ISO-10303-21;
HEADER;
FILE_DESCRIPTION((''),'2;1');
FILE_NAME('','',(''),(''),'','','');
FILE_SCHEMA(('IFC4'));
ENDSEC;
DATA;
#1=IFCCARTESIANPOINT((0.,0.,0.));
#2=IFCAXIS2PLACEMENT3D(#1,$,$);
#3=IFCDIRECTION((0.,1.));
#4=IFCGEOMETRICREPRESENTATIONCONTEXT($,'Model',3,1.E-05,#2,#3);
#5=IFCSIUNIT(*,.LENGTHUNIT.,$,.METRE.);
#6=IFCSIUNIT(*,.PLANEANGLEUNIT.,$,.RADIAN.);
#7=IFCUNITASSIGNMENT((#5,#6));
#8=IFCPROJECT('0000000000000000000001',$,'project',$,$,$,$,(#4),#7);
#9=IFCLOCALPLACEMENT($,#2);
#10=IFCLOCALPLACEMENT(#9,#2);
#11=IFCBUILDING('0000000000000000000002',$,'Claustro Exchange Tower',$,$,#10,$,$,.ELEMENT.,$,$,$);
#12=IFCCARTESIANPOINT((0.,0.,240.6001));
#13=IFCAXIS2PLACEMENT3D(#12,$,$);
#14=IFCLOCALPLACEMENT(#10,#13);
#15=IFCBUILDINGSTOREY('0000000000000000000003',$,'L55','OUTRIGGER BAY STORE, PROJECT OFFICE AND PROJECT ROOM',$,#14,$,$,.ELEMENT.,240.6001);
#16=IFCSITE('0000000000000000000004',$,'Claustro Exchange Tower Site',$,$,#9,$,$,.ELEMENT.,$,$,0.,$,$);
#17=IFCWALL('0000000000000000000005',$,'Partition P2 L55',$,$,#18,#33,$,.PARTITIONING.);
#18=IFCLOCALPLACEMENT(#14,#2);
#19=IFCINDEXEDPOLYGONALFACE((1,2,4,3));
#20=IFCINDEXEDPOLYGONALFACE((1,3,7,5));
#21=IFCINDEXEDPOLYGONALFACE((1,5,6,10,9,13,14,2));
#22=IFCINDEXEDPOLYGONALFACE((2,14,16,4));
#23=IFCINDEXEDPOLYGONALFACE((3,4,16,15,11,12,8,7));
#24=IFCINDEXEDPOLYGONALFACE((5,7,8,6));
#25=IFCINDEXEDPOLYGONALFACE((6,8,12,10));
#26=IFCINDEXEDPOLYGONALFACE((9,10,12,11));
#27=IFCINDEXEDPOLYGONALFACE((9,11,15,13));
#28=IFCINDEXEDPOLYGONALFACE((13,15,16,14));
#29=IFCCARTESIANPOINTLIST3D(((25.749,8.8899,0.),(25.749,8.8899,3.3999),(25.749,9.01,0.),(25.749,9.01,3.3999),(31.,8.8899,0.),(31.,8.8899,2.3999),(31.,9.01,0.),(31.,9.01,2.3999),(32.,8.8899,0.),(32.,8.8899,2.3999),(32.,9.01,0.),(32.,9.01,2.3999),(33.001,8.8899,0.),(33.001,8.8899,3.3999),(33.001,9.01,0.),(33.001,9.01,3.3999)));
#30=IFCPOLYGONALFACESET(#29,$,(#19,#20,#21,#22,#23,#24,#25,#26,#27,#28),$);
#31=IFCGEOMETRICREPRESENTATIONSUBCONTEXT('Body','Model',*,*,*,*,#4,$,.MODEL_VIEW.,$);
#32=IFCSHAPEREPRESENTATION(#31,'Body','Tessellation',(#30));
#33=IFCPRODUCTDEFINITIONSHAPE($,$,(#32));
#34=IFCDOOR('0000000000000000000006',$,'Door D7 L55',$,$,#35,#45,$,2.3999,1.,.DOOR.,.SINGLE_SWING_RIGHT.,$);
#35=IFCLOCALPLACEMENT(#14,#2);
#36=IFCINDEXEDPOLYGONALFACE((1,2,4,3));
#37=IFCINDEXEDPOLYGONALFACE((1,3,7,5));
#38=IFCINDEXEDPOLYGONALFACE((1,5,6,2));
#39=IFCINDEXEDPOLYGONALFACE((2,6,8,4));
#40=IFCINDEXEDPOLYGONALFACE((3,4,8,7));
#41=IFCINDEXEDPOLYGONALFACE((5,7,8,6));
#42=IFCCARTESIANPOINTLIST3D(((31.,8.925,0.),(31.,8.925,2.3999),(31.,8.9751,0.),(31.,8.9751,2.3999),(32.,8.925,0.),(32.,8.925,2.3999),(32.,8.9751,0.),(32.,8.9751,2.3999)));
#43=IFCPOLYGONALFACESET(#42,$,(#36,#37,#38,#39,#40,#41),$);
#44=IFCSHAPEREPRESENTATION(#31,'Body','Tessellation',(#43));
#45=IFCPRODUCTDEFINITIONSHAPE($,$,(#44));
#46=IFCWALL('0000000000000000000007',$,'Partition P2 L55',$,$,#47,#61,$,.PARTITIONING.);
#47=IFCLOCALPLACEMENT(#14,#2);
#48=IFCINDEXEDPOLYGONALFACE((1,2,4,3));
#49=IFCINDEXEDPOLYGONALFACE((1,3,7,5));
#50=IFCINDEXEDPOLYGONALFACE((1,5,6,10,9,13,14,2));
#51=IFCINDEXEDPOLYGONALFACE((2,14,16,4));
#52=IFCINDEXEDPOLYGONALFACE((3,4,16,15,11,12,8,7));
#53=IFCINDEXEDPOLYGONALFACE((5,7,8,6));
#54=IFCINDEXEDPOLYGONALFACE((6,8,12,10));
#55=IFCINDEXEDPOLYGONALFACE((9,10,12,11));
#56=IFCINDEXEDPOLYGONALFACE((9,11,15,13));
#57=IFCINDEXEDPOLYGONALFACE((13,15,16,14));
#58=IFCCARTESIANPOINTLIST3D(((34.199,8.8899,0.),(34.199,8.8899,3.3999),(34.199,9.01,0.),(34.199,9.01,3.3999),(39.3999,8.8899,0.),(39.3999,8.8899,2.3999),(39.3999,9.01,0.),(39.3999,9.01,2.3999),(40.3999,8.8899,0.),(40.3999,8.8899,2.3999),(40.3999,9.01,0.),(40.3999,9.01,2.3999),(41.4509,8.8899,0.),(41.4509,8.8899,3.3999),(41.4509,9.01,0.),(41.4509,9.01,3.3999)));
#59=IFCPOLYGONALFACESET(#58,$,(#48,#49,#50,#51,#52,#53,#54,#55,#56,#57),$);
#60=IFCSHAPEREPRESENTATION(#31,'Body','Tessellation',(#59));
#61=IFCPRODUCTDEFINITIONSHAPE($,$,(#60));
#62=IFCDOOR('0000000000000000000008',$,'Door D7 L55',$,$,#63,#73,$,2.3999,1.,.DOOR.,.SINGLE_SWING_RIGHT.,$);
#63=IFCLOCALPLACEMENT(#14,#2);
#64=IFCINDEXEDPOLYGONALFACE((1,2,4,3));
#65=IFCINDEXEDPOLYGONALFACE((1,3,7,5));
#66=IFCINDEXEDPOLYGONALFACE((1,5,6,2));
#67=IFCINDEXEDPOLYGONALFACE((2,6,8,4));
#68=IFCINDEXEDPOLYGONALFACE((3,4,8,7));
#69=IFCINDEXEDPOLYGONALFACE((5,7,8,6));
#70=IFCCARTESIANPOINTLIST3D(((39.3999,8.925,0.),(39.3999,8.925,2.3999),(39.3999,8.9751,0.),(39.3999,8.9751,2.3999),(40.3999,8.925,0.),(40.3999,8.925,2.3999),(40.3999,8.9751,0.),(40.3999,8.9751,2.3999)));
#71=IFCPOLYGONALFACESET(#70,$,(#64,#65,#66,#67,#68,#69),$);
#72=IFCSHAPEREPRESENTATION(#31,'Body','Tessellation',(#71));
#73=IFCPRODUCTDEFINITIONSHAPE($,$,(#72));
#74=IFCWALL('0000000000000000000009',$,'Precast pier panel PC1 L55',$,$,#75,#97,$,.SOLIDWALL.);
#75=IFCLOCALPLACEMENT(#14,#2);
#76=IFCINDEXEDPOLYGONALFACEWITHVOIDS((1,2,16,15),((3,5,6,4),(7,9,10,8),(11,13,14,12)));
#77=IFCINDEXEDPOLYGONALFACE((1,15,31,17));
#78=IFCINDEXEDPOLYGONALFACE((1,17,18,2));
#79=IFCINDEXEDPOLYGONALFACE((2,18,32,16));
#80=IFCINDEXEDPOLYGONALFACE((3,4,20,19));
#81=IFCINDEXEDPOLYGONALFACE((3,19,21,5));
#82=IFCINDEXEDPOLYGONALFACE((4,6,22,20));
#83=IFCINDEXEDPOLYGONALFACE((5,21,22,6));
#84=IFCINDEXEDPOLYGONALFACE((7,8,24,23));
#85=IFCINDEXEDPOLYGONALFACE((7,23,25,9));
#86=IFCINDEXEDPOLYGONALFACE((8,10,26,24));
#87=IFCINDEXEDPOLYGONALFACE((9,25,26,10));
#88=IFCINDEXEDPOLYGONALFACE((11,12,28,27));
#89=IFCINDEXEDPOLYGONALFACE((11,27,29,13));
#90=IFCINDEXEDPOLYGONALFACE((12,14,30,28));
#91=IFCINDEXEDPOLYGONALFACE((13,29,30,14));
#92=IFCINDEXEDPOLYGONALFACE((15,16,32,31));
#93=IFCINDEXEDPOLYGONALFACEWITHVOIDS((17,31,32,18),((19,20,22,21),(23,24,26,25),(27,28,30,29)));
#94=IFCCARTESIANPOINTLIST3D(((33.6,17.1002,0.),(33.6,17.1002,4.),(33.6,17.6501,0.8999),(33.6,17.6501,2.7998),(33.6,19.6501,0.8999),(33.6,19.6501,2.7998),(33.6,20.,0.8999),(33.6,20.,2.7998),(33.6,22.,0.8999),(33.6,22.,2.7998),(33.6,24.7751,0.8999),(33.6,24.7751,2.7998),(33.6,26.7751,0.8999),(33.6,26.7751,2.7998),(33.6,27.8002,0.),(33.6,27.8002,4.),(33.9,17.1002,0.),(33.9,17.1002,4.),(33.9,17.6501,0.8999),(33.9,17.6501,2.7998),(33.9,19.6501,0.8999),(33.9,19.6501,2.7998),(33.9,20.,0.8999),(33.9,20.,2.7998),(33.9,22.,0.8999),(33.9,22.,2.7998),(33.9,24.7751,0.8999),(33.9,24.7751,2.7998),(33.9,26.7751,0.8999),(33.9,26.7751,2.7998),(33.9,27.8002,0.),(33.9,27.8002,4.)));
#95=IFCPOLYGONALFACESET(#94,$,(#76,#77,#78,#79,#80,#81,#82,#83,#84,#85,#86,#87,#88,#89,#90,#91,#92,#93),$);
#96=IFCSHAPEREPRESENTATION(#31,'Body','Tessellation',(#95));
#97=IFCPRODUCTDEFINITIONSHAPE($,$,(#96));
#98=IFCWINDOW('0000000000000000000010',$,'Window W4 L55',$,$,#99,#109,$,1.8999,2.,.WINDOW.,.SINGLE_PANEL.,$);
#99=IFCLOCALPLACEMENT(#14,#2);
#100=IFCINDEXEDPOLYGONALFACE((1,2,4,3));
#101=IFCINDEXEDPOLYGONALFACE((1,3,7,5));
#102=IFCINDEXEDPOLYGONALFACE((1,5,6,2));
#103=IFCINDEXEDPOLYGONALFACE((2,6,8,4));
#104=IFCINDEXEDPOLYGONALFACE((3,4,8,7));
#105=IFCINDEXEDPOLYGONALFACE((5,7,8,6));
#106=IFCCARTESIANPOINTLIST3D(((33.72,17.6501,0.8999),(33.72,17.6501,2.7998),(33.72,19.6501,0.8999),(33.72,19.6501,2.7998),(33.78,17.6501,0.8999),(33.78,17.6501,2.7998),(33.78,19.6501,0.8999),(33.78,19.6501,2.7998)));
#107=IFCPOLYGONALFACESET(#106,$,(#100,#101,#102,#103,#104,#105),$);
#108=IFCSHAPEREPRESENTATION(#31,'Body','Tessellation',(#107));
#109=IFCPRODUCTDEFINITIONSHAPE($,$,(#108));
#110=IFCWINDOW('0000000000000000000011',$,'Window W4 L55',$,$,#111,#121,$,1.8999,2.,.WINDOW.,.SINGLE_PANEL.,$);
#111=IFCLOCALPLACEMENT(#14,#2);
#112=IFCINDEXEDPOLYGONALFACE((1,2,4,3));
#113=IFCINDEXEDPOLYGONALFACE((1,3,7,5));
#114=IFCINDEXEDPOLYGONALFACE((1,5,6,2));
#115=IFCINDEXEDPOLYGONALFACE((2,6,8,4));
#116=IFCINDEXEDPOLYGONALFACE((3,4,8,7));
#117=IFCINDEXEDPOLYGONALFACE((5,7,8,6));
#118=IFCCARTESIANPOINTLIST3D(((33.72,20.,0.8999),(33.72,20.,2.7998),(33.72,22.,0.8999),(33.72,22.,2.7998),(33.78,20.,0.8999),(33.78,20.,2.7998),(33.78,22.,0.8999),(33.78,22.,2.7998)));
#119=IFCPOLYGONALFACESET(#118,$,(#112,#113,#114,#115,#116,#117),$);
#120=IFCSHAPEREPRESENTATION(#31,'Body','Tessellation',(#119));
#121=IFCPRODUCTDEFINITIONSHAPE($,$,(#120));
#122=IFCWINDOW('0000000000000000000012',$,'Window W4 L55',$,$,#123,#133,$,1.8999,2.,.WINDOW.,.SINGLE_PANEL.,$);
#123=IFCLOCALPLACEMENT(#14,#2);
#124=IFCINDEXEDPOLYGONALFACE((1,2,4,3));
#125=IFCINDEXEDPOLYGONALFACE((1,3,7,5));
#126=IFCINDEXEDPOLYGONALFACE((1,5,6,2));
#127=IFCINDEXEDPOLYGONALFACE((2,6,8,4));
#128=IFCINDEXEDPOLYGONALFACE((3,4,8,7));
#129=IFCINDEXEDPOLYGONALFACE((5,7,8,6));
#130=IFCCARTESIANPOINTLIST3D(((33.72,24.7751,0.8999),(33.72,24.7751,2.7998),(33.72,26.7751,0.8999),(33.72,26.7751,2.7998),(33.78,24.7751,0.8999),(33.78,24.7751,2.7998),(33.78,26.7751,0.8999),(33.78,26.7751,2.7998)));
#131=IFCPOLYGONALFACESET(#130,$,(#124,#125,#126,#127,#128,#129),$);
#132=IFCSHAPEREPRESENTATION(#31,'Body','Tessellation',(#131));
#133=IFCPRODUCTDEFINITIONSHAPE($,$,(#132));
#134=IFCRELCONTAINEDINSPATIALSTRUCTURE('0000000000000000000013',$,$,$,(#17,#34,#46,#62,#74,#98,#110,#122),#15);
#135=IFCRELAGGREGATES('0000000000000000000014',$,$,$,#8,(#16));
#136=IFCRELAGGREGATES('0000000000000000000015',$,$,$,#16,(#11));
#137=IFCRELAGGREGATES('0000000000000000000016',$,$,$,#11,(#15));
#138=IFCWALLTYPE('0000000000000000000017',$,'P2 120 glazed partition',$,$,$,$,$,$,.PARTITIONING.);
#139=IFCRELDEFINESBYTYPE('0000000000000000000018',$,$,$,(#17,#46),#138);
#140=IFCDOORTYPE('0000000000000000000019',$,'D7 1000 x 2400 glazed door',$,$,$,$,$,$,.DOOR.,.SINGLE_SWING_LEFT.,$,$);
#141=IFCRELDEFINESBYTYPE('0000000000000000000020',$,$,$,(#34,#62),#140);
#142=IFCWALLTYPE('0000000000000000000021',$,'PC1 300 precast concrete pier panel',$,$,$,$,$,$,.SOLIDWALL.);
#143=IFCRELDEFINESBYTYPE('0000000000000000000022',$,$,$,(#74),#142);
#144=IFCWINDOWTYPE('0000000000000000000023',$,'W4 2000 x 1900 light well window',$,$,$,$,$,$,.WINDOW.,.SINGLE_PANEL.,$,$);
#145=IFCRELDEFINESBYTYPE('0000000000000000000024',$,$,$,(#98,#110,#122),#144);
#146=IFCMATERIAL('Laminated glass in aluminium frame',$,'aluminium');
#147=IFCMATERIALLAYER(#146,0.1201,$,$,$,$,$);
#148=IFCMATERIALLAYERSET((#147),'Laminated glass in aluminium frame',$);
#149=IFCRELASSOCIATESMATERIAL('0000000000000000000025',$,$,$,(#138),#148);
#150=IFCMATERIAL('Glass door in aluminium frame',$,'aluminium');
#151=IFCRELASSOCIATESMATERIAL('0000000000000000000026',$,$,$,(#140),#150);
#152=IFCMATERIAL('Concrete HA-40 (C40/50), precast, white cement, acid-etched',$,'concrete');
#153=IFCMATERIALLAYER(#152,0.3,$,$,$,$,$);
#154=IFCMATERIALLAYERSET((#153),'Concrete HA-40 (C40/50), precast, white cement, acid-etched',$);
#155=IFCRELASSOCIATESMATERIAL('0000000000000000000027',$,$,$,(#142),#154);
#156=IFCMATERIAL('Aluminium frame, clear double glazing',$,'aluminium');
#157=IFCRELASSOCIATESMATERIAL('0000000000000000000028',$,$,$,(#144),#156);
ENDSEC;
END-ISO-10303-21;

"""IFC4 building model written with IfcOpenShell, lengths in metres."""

from ifc_helpers import new_model, si_unit, direction, frame, frame_2d, origin, place, context, subcontext, project, spatial, rectangle, extrude, material, layer, layer_set, type_object, element, fill, save


model = new_model("IFC4")

# Units and contexts
model_context = context("Model", 3, precision=1e-05, world=origin(), true_north=direction((0.0, 1.0)))
body_context = subcontext(model_context, "Body", "Model", "MODEL_VIEW")
ifc_project = project(units=[si_unit("LENGTHUNIT", "METRE"), si_unit("PLANEANGLEUNIT", "RADIAN")], contexts=[model_context])

# Site, building, storey
site_placement = place(None, origin())
site = spatial("IfcSite", under=ifc_project, at=site_placement, Name="Claustro Exchange Tower Site", CompositionType="ELEMENT", RefElevation=0.0)
building_placement = place(site_placement, origin())
building = spatial("IfcBuilding", under=site, at=building_placement, Name="Claustro Exchange Tower", CompositionType="ELEMENT")
storey_placement = place(building_placement, frame((0.0, 0.0, 240.6001)))
storey = spatial("IfcBuildingStorey", under=building, at=storey_placement, Name="L55", Description="OUTRIGGER BAY STORE, PROJECT OFFICE AND PROJECT ROOM", CompositionType="ELEMENT", Elevation=240.6001)

# Shared definitions
ifc_material_1 = material(Name="Laminated glass in aluminium frame", Category="aluminium")
ifc_layer_1 = layer(ifc_material_1, 0.1201)
ifc_layer_set_1 = layer_set([ifc_layer_1], Name="Laminated glass in aluminium frame")
wall_type_1 = type_object("IfcWallType", Name="P2 120 glazed partition", PredefinedType="PARTITIONING", material=ifc_layer_set_1)

# Walls, openings, doors
wall_1_placement = place(storey_placement, frame((25.749, 8.95, 0.0), z_axis=(0.0, 0.0, 1.0), x_axis=(1.0, 0.0, 0.0)))
wall_1 = element("IfcWall", 1, at=wall_1_placement, inside=storey, type_object=wall_type_1, Name="Partition P2 L55", PredefinedType="PARTITIONING", context=body_context, shape_type="SweptSolid", body=[
    extrude(rectangle(XDim=7.252, YDim=0.1201, at=frame_2d((3.626, 0.0))), origin(), (0.0, 0.0, 1.0), 3.3999),
])
opening_1_placement = place(wall_1_placement, frame((5.251, 0.0, 0.0)))
opening_1 = element("IfcOpeningElement", 2, at=opening_1_placement, cuts=wall_1, PredefinedType="OPENING", context=body_context, shape_type="SweptSolid", body=[
    extrude(rectangle(XDim=1.0, YDim=2.3999, at=frame_2d((0.5, 1.2))), frame((0.0, 0.0701, 0.0), z_axis=(0.0, -1.0, 0.0), x_axis=(1.0, 0.0, 0.0)), (0.0, 0.0, 1.0), 0.1401),
])
ifc_material_2 = material(Name="Glass door in aluminium frame", Category="aluminium")
door_type_1 = type_object("IfcDoorType", Name="D7 1000 x 2400 glazed door", OperationType="SINGLE_SWING_LEFT", PredefinedType="DOOR", material=ifc_material_2)
door_1_placement = place(opening_1_placement, frame((1.0, 0.0, 0.0), z_axis=(0.0, 0.0, 1.0), x_axis=(-1.0, 0.0, 0.0)))
door_1 = element("IfcDoor", 3, at=door_1_placement, inside=storey, type_object=door_type_1, Name="Door D7 L55", OperationType="SINGLE_SWING_RIGHT", OverallHeight=2.3999, OverallWidth=1.0, PredefinedType="DOOR", context=body_context, shape_type="SweptSolid", body=[
    extrude(rectangle(XDim=1.0, YDim=2.3999, at=frame_2d((0.5, 1.2))), frame((0.0, 0.0249, 0.0), z_axis=(0.0, -1.0, 0.0), x_axis=(1.0, 0.0, 0.0)), (0.0, 0.0, 1.0), 0.05),
])
fill(opening_1, door_1)
wall_2_placement = place(storey_placement, frame((34.199, 8.95, 0.0), z_axis=(0.0, 0.0, 1.0), x_axis=(1.0, 0.0, 0.0)))
wall_2 = element("IfcWall", 4, at=wall_2_placement, inside=storey, type_object=wall_type_1, Name="Partition P2 L55", PredefinedType="PARTITIONING", context=body_context, shape_type="SweptSolid", body=[
    extrude(rectangle(XDim=7.252, YDim=0.1201, at=frame_2d((3.626, 0.0))), origin(), (0.0, 0.0, 1.0), 3.3999),
])
opening_2_placement = place(wall_2_placement, frame((5.2009, 0.0, 0.0)))
opening_2 = element("IfcOpeningElement", 5, at=opening_2_placement, cuts=wall_2, PredefinedType="OPENING", context=body_context, shape_type="SweptSolid", body=[
    extrude(rectangle(XDim=1.0, YDim=2.3999, at=frame_2d((0.5, 1.2))), frame((0.0, 0.0701, 0.0), z_axis=(0.0, -1.0, 0.0), x_axis=(1.0, 0.0, 0.0)), (0.0, 0.0, 1.0), 0.1401),
])
door_2_placement = place(opening_2_placement, frame((1.0, 0.0, 0.0), z_axis=(0.0, 0.0, 1.0), x_axis=(-1.0, 0.0, 0.0)))
door_2 = element("IfcDoor", 6, at=door_2_placement, inside=storey, type_object=door_type_1, Name="Door D7 L55", OperationType="SINGLE_SWING_RIGHT", OverallHeight=2.3999, OverallWidth=1.0, PredefinedType="DOOR", context=body_context, shape_type="SweptSolid", body=[
    extrude(rectangle(XDim=1.0, YDim=2.3999, at=frame_2d((0.5, 1.2))), frame((0.0, 0.0249, 0.0), z_axis=(0.0, -1.0, 0.0), x_axis=(1.0, 0.0, 0.0)), (0.0, 0.0, 1.0), 0.05),
])
fill(opening_2, door_2)

# Wall, openings, windows
ifc_material_3 = material(Name="Concrete HA-40 (C40/50), precast, white cement, acid-etched", Category="concrete")
ifc_layer_2 = layer(ifc_material_3, 0.3)
ifc_layer_set_2 = layer_set([ifc_layer_2], Name="Concrete HA-40 (C40/50), precast, white cement, acid-etched")
wall_type_2 = type_object("IfcWallType", Name="PC1 300 precast concrete pier panel", PredefinedType="SOLIDWALL", material=ifc_layer_set_2)
wall_3_placement = place(storey_placement, frame((33.75, 17.1001, 0.0), z_axis=(0.0, 0.0, 1.0), x_axis=(0.0, 1.0, 0.0)))
wall_3 = element("IfcWall", 7, at=wall_3_placement, inside=storey, type_object=wall_type_2, Name="Precast pier panel PC1 L55", PredefinedType="SOLIDWALL", context=body_context, shape_type="SweptSolid", body=[
    extrude(rectangle(XDim=10.7, YDim=0.3, at=frame_2d((5.3501, 0.0))), origin(), (0.0, 0.0, 1.0), 4.0),
])
opening_3_placement = place(wall_3_placement, frame((0.55, 0.0, 0.8999)))
opening_3 = element("IfcOpeningElement", 8, at=opening_3_placement, cuts=wall_3, PredefinedType="OPENING", context=body_context, shape_type="SweptSolid", body=[
    extrude(rectangle(XDim=2.0, YDim=1.8999, at=frame_2d((1.0, 0.95))), frame((0.0, 0.1599, 0.0), z_axis=(0.0, -1.0, 0.0), x_axis=(1.0, 0.0, 0.0)), (0.0, 0.0, 1.0), 0.3201),
])
opening_4_placement = place(wall_3_placement, frame((2.8999, 0.0, 0.8999)))
opening_4 = element("IfcOpeningElement", 9, at=opening_4_placement, cuts=wall_3, PredefinedType="OPENING", context=body_context, shape_type="SweptSolid", body=[
    extrude(rectangle(XDim=2.0, YDim=1.8999, at=frame_2d((1.0, 0.95))), frame((0.0, 0.1599, 0.0), z_axis=(0.0, -1.0, 0.0), x_axis=(1.0, 0.0, 0.0)), (0.0, 0.0, 1.0), 0.3201),
])
opening_5_placement = place(wall_3_placement, frame((7.675, 0.0, 0.8999)))
opening_5 = element("IfcOpeningElement", 10, at=opening_5_placement, cuts=wall_3, PredefinedType="OPENING", context=body_context, shape_type="SweptSolid", body=[
    extrude(rectangle(XDim=2.0, YDim=1.8999, at=frame_2d((1.0, 0.95))), frame((0.0, 0.1599, 0.0), z_axis=(0.0, -1.0, 0.0), x_axis=(1.0, 0.0, 0.0)), (0.0, 0.0, 1.0), 0.3201),
])
ifc_material_4 = material(Name="Aluminium frame, clear double glazing", Category="aluminium")
window_type = type_object("IfcWindowType", Name="W4 2000 x 1900 light well window", PartitioningType="SINGLE_PANEL", PredefinedType="WINDOW", material=ifc_material_4)
window_1_placement = place(opening_3_placement, origin())
window_1 = element("IfcWindow", 11, at=window_1_placement, inside=storey, type_object=window_type, Name="Window W4 L55", OverallHeight=1.8999, OverallWidth=2.0, PartitioningType="SINGLE_PANEL", PredefinedType="WINDOW", context=body_context, shape_type="SweptSolid", body=[
    extrude(rectangle(XDim=2.0, YDim=1.8999, at=frame_2d((1.0, 0.95))), frame((0.0, 0.03, 0.0), z_axis=(0.0, -1.0, 0.0), x_axis=(1.0, 0.0, 0.0)), (0.0, 0.0, 1.0), 0.0601),
])
fill(opening_3, window_1)
window_2_placement = place(opening_4_placement, origin())
window_2 = element("IfcWindow", 12, at=window_2_placement, inside=storey, type_object=window_type, Name="Window W4 L55", OverallHeight=1.8999, OverallWidth=2.0, PartitioningType="SINGLE_PANEL", PredefinedType="WINDOW", context=body_context, shape_type="SweptSolid", body=[
    extrude(rectangle(XDim=2.0, YDim=1.8999, at=frame_2d((1.0, 0.95))), frame((0.0, 0.03, 0.0), z_axis=(0.0, -1.0, 0.0), x_axis=(1.0, 0.0, 0.0)), (0.0, 0.0, 1.0), 0.0601),
])
fill(opening_4, window_2)
window_3_placement = place(opening_5_placement, origin())
window_3 = element("IfcWindow", 13, at=window_3_placement, inside=storey, type_object=window_type, Name="Window W4 L55", OverallHeight=1.8999, OverallWidth=2.0, PartitioningType="SINGLE_PANEL", PredefinedType="WINDOW", context=body_context, shape_type="SweptSolid", body=[
    extrude(rectangle(XDim=2.0, YDim=1.8999, at=frame_2d((1.0, 0.95))), frame((0.0, 0.03, 0.0), z_axis=(0.0, -1.0, 0.0), x_axis=(1.0, 0.0, 0.0)), (0.0, 0.0, 1.0), 0.0601),
])
fill(opening_5, window_3)

save(model, "model.ifc")
